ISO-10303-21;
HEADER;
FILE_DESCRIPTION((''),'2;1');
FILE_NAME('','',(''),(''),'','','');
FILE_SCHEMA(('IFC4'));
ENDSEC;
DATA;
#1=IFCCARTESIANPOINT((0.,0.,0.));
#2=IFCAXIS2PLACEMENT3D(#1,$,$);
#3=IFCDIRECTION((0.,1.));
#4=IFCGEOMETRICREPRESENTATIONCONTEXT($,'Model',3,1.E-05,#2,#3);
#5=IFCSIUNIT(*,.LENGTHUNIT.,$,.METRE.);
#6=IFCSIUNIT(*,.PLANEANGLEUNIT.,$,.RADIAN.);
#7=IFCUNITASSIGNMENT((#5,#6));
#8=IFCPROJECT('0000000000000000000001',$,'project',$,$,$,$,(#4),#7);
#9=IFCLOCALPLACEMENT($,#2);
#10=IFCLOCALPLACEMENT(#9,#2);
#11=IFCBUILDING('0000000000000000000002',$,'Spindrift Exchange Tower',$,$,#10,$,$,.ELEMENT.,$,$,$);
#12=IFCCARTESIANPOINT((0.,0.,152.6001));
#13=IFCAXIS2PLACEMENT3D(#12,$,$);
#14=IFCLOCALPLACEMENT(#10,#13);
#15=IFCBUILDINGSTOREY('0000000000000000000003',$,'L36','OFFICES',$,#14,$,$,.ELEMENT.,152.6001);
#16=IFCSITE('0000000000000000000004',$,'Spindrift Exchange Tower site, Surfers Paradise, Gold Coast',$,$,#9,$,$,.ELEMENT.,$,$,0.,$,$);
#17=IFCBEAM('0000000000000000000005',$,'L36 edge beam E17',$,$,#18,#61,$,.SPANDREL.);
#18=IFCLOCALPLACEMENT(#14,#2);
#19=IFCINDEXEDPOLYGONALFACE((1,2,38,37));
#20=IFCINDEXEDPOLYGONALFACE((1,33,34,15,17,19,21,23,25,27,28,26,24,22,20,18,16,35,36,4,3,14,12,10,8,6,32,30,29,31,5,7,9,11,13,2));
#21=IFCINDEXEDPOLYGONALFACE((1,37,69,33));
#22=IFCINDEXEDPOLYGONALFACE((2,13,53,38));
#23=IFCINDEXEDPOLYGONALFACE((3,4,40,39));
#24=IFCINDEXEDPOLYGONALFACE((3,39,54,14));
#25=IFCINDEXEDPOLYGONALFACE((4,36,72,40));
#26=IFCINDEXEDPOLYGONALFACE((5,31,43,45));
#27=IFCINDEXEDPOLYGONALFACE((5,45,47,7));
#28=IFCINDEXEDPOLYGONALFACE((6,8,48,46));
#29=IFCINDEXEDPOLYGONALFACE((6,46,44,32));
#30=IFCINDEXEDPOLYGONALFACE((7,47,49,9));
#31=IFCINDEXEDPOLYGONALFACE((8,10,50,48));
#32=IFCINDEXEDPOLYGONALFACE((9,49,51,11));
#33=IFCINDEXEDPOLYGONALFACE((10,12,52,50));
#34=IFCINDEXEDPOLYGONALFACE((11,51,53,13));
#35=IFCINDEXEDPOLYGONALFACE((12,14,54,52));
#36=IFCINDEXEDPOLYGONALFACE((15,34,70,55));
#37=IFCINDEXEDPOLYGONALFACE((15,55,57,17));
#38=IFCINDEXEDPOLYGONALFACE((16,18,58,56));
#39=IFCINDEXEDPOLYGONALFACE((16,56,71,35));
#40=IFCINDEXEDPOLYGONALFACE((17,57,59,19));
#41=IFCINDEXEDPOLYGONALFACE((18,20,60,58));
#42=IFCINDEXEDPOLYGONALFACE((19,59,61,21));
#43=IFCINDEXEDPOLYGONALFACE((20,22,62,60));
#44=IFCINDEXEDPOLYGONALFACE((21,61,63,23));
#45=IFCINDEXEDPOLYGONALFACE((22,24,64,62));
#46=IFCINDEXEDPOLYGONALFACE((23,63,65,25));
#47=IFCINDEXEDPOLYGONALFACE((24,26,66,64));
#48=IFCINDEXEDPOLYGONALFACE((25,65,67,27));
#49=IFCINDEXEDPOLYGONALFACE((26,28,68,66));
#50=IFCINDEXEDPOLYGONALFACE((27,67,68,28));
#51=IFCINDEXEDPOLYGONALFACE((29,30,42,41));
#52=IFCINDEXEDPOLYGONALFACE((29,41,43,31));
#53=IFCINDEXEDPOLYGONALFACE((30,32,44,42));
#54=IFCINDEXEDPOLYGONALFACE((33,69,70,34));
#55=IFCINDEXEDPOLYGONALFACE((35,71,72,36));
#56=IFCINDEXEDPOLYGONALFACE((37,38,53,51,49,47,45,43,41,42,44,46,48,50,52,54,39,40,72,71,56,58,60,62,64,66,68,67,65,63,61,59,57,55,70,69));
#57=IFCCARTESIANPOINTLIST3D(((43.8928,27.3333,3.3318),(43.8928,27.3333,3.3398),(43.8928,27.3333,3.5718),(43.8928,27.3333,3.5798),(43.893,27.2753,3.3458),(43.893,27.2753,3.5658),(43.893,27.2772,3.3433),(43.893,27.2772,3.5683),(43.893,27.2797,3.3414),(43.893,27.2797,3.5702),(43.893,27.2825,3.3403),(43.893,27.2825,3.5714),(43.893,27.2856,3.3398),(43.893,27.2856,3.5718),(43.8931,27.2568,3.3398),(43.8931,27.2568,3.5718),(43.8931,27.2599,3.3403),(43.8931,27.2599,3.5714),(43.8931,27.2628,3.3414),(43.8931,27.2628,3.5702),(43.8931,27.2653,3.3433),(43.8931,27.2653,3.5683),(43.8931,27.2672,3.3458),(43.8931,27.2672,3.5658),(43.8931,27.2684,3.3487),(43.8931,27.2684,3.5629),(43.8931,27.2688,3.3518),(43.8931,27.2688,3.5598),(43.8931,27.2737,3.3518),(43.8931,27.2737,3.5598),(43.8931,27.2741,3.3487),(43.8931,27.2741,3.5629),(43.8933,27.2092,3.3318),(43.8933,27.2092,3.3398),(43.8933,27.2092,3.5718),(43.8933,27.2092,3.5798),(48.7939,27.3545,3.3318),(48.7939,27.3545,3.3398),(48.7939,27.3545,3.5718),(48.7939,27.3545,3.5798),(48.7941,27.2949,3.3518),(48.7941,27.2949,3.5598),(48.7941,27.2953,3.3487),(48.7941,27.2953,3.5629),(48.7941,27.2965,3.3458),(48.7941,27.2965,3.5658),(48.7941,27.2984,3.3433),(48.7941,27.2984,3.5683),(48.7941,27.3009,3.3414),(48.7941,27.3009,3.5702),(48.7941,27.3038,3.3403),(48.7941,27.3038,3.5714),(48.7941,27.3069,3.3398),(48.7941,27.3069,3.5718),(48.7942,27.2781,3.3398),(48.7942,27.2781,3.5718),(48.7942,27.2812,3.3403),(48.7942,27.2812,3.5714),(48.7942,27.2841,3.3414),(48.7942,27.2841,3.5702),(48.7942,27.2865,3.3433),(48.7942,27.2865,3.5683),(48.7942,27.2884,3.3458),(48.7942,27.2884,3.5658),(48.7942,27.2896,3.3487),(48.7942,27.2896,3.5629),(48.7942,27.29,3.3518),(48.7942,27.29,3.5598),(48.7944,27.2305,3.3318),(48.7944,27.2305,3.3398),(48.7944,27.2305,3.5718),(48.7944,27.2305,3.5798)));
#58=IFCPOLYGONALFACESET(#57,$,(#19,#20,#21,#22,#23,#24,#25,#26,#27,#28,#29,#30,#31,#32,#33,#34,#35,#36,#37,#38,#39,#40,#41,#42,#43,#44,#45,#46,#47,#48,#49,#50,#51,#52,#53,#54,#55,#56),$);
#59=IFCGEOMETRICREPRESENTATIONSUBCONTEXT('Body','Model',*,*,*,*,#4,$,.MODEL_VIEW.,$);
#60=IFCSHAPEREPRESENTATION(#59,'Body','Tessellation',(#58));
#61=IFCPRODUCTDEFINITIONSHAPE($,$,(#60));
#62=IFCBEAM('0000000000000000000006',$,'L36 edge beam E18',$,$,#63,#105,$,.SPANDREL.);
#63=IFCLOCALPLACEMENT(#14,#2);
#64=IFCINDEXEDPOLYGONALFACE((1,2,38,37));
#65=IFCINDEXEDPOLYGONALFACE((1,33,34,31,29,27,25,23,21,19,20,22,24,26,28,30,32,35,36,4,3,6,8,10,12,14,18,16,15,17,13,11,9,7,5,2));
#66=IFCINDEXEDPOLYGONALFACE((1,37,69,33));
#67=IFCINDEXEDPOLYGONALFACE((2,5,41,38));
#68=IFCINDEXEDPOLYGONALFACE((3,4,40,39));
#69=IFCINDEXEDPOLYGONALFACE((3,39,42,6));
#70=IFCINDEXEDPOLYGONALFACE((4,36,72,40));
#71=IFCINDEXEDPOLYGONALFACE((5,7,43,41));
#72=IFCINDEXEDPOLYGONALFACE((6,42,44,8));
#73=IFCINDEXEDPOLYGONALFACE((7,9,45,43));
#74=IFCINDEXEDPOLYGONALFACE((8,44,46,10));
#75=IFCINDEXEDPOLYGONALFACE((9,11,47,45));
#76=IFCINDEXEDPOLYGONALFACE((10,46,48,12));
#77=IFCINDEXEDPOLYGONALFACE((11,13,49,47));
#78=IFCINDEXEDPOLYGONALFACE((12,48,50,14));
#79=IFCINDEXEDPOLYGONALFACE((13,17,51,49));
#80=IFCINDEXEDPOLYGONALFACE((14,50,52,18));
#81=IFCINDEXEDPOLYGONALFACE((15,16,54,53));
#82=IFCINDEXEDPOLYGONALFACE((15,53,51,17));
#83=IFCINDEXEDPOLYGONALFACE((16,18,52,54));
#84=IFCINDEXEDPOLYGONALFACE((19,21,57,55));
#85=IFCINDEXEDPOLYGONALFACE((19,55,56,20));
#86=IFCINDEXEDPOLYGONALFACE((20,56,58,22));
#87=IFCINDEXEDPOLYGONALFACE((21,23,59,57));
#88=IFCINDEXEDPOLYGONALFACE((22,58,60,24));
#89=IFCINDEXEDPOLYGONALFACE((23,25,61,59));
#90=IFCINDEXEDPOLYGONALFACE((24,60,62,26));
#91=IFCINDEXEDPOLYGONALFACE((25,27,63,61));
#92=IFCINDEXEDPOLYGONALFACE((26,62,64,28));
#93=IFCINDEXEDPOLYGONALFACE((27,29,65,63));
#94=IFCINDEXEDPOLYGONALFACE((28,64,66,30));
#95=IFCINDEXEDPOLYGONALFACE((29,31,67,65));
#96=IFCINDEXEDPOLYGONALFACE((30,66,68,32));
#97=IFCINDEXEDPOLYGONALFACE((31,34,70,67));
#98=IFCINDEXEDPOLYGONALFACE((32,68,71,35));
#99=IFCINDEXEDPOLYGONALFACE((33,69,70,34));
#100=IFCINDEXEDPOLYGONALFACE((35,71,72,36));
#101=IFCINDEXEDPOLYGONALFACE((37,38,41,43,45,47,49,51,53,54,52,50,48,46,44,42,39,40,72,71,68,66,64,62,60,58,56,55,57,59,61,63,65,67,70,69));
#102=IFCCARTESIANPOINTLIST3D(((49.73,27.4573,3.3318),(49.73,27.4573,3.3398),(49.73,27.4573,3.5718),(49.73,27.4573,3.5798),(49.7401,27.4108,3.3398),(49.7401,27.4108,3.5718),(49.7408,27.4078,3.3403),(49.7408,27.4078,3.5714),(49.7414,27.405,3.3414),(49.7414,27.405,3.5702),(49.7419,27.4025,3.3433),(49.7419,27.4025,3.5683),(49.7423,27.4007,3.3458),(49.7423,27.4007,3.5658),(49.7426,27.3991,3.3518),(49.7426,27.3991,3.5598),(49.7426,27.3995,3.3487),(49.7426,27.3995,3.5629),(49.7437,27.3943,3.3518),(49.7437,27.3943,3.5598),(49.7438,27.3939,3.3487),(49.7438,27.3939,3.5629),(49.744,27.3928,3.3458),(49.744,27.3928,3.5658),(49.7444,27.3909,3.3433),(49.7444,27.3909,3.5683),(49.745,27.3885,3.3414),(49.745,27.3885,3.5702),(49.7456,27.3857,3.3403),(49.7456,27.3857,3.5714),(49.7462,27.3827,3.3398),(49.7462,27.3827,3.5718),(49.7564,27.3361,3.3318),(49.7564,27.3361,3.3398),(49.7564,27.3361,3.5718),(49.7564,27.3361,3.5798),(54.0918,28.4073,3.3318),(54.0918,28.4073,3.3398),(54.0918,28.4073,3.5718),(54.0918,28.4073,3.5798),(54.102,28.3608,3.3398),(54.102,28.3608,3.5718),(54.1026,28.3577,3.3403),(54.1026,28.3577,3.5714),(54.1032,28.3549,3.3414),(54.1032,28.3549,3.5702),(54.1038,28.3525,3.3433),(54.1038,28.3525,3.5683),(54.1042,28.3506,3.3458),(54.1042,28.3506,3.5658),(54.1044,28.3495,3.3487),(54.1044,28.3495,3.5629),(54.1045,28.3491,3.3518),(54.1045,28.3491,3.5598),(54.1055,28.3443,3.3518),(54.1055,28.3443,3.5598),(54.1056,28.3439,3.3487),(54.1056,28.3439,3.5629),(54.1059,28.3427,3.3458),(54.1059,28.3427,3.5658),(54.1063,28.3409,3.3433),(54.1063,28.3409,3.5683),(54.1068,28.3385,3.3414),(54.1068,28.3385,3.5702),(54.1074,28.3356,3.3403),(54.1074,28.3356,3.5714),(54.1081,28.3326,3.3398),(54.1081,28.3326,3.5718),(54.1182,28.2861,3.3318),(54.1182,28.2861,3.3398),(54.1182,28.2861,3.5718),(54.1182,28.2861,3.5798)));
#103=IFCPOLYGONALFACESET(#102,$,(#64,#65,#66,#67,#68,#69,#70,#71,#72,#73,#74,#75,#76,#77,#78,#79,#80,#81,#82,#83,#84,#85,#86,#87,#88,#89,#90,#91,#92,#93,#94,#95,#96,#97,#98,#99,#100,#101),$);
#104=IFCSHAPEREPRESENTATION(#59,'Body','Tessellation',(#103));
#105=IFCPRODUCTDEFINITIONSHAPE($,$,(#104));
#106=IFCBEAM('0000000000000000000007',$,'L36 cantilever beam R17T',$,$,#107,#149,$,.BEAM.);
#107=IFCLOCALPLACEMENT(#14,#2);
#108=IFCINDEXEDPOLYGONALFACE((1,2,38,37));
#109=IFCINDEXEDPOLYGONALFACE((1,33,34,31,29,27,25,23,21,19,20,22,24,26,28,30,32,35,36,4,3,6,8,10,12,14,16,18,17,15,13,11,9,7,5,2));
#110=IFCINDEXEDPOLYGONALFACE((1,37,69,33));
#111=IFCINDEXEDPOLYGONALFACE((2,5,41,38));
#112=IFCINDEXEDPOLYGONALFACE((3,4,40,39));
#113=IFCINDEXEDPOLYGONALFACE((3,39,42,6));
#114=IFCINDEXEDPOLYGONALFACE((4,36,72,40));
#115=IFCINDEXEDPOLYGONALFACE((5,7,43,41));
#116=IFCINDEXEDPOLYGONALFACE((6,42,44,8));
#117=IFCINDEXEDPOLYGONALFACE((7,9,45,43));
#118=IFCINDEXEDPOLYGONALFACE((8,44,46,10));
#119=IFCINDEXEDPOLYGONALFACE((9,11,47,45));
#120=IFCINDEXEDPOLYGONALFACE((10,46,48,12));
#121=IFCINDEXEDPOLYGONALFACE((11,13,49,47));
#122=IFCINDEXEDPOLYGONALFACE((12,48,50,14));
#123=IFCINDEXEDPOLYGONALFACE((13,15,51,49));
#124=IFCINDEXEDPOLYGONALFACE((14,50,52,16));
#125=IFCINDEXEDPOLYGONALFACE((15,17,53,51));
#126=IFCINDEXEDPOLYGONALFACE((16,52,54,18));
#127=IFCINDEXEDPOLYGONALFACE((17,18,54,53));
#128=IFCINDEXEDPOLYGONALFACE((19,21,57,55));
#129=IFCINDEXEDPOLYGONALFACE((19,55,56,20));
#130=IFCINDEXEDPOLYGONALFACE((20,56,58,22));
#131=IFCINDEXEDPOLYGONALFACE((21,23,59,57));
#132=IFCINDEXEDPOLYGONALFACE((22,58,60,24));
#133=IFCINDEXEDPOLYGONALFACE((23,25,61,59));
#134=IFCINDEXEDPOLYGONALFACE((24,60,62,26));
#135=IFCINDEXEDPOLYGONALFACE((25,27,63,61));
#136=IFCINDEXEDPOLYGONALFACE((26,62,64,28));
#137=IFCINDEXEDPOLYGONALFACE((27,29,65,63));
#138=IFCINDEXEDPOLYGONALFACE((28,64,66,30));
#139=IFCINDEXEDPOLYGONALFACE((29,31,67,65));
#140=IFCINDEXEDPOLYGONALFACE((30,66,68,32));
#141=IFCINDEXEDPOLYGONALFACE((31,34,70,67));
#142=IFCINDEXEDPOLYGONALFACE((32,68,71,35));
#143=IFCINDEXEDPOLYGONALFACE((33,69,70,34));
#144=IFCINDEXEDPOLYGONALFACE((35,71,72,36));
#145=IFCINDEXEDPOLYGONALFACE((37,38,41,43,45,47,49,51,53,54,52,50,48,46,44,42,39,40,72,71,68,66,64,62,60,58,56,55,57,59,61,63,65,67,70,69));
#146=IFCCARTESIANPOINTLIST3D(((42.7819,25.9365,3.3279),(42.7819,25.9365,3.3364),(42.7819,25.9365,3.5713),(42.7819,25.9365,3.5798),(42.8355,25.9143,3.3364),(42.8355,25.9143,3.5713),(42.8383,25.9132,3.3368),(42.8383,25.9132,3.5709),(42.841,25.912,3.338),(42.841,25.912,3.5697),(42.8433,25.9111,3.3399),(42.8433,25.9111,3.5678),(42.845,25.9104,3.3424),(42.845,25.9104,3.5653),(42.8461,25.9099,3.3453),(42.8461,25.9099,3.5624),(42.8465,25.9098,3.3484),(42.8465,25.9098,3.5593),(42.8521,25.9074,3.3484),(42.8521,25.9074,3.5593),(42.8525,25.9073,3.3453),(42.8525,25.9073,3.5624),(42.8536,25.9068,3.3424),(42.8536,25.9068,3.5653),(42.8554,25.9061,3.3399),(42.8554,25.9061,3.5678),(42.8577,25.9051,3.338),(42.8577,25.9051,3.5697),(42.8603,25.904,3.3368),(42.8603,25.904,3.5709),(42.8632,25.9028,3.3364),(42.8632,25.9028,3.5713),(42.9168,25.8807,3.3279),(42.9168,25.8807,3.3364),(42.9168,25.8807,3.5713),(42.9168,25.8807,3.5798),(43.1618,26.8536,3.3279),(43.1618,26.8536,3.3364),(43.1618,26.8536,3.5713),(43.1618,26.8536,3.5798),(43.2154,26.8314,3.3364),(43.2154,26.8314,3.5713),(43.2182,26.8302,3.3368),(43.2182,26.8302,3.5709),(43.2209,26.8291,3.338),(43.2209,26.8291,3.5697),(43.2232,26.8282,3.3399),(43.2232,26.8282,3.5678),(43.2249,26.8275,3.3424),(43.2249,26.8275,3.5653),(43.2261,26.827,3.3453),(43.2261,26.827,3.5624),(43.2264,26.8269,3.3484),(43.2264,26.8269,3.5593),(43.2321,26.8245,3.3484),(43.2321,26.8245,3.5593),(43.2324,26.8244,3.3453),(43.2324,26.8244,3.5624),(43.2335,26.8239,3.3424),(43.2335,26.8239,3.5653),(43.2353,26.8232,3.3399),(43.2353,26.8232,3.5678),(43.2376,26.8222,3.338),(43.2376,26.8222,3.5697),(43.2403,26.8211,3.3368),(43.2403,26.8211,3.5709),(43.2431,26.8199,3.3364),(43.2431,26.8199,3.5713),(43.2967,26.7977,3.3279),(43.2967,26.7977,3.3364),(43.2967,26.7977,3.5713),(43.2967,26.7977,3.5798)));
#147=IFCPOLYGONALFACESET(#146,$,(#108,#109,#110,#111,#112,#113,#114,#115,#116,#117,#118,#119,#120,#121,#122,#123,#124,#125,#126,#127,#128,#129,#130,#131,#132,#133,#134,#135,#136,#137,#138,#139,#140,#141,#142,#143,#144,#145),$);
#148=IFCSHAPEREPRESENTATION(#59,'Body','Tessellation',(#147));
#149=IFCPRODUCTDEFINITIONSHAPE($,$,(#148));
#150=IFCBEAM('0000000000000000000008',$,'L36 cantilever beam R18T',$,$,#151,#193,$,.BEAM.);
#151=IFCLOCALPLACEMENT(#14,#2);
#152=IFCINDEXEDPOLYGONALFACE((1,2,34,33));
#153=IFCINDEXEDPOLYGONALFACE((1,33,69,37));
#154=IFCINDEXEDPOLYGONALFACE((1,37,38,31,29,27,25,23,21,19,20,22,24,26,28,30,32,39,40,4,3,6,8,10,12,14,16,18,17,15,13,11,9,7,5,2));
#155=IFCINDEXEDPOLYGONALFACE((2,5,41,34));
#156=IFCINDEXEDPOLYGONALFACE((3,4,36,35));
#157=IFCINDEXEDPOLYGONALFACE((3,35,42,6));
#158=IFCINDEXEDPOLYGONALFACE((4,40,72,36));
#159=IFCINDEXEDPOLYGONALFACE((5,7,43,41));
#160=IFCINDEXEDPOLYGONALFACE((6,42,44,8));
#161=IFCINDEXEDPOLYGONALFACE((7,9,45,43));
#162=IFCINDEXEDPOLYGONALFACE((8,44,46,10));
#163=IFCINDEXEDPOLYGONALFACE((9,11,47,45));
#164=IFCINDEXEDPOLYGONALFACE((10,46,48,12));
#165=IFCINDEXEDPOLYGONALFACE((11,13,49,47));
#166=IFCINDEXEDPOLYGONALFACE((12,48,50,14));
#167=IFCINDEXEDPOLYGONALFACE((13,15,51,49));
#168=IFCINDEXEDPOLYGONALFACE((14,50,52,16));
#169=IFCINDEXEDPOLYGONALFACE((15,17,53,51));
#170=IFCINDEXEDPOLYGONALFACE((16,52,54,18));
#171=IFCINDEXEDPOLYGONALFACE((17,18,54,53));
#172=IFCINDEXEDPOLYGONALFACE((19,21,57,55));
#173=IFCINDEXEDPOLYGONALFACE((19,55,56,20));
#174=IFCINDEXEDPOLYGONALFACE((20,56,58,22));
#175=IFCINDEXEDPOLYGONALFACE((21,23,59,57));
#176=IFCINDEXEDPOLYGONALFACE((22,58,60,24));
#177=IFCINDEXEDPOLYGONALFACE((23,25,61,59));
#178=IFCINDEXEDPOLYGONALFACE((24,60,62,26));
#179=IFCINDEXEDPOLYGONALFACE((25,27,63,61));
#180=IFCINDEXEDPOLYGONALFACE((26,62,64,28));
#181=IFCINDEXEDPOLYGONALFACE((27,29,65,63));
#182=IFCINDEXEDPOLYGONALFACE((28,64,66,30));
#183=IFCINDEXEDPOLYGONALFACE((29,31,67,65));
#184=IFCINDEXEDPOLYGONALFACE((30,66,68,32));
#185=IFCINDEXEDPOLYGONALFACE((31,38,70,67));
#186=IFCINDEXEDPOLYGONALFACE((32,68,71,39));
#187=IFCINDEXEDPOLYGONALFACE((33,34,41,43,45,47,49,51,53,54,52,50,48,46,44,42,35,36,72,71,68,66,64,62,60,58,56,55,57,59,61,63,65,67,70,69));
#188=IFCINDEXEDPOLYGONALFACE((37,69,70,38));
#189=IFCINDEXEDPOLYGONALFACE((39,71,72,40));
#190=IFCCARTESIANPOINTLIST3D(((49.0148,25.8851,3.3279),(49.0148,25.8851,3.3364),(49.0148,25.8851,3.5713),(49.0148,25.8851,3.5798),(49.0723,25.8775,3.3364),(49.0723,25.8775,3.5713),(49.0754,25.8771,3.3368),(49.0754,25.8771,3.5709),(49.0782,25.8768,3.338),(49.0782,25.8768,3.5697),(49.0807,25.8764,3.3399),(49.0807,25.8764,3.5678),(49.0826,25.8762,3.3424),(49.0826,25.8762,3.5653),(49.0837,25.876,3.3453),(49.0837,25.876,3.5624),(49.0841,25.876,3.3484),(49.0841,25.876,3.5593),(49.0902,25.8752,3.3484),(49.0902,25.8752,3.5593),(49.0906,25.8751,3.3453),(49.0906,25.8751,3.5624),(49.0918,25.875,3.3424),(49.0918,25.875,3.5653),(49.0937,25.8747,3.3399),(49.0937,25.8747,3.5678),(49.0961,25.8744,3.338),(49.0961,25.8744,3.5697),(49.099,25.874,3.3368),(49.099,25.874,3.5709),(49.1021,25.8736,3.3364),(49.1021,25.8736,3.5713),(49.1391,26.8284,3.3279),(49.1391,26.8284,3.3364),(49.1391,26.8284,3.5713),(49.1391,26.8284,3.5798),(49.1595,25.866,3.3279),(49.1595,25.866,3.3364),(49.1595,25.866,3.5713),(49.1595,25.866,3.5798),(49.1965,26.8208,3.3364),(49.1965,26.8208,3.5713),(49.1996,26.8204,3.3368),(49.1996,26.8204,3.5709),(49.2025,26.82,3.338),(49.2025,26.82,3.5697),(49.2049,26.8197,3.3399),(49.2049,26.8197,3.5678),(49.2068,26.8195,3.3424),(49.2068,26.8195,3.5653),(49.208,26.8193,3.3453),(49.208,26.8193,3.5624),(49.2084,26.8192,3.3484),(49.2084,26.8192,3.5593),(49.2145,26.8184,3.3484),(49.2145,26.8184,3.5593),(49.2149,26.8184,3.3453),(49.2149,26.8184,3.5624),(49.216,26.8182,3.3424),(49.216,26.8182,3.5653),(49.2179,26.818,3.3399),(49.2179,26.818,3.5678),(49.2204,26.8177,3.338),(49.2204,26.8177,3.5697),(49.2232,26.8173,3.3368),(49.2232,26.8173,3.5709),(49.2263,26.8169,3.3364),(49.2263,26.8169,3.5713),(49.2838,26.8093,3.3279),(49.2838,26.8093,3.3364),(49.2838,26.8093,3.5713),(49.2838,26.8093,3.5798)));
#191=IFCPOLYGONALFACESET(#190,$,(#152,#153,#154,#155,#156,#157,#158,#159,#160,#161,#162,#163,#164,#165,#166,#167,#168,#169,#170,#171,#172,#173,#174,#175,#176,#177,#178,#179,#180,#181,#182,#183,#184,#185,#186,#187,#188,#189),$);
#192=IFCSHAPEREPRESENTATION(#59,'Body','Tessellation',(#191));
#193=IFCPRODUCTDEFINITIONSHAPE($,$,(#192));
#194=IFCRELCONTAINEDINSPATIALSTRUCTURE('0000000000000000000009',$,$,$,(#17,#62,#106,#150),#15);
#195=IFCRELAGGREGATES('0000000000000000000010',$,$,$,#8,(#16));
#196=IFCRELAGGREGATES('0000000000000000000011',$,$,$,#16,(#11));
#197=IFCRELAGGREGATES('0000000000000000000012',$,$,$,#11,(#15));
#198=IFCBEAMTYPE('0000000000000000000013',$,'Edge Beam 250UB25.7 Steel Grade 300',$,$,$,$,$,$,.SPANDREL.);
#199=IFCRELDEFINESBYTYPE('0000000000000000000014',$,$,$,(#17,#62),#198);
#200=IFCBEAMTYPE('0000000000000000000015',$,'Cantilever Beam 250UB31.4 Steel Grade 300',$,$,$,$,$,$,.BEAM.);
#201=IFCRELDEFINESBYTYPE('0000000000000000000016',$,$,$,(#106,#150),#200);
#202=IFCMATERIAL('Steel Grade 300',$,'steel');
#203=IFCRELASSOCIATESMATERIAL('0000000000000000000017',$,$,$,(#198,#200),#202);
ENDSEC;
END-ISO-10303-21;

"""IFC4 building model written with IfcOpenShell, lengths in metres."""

from ifc_helpers import new_model, si_unit, direction, frame, origin, origin_2d, place, context, subcontext, project, spatial, i_section, extrude, source, transform, mapped, material, material_profile, profile_set, type_object, element, save


model = new_model("IFC4")

# Units and contexts
model_context = context("Model", 3, precision=1e-05, world=origin(), true_north=direction((0.0, 1.0)))
body_context = subcontext(model_context, "Body", "Model", "MODEL_VIEW")
ifc_project = project(units=[si_unit("LENGTHUNIT", "METRE"), si_unit("PLANEANGLEUNIT", "RADIAN")], contexts=[model_context])

# Site, building, storey
site_placement = place(None, origin())
site = spatial("IfcSite", under=ifc_project, at=site_placement, Name="Spindrift Exchange Tower site, Surfers Paradise, Gold Coast", CompositionType="ELEMENT", RefElevation=0.0)
building_placement = place(site_placement, origin())
building = spatial("IfcBuilding", under=site, at=building_placement, Name="Spindrift Exchange Tower", CompositionType="ELEMENT")
storey_placement = place(building_placement, frame((0.0, 0.0, 152.6001)))
storey = spatial("IfcBuildingStorey", under=building, at=storey_placement, Name="L36", Description="OFFICES", CompositionType="ELEMENT", Elevation=152.6001)

# Beams
ifc_material_1 = material(Name="Steel Grade 300", Category="steel")
ifc_material_profile_1 = material_profile(ifc_material_1, i_section(OverallWidth=0.124, OverallDepth=0.248, WebThickness=0.0049, FlangeThickness=0.0081, FilletRadius=0.012, at=origin_2d()), Name="250UB25.7")
ifc_profile_set_1 = profile_set([ifc_material_profile_1], Name="Steel Grade 300")
beam_type_1 = type_object("IfcBeamType", Name="Edge Beam 250UB25.7 Steel Grade 300", PredefinedType="SPANDREL", material=ifc_profile_set_1)
shared_shape_1 = source(origin(), body_context, "Body", "SweptSolid", [
    extrude(i_section(OverallWidth=0.124, OverallDepth=0.248, WebThickness=0.0049, FlangeThickness=0.0081, FilletRadius=0.012, at=origin_2d()), origin(), (0.0, 0.0, 1.0), 4.9011),
])
beam_1_placement = place(storey_placement, frame((43.8931, 27.2712, 3.4558), z_axis=(0.999991, 0.004334, 0.0), x_axis=(-0.004334, 0.999991, 0.0)))
element("IfcBeam", 1, at=beam_1_placement, inside=storey, type_object=beam_type_1, Name="L36 edge beam E17", PredefinedType="SPANDREL", context=body_context, shape_type="MappedRepresentation", body=[
    mapped(shared_shape_1, transform((0.0, 0.0, 0.0), scale=1.0)),
])
shared_shape_2 = source(origin(), body_context, "Body", "SweptSolid", [
    extrude(i_section(OverallWidth=0.124, OverallDepth=0.248, WebThickness=0.0049, FlangeThickness=0.0081, FilletRadius=0.012, at=origin_2d()), origin(), (0.0, 0.0, 1.0), 4.4641),
])
beam_2_placement = place(storey_placement, frame((49.7432, 27.3967, 3.4558), z_axis=(0.977096, 0.2128, 0.0), x_axis=(-0.2128, 0.977096, 0.0)))
element("IfcBeam", 2, at=beam_2_placement, inside=storey, type_object=beam_type_1, Name="L36 edge beam E18", PredefinedType="SPANDREL", context=body_context, shape_type="MappedRepresentation", body=[
    mapped(shared_shape_2, transform((0.0, 0.0, 0.0), scale=1.0)),
])
ifc_material_profile_2 = material_profile(ifc_material_1, i_section(OverallWidth=0.146, OverallDepth=0.252, WebThickness=0.0061, FlangeThickness=0.0085, FilletRadius=0.012, at=origin_2d()), Name="250UB31.4")
ifc_profile_set_2 = profile_set([ifc_material_profile_2], Name="Steel Grade 300")
beam_type_2 = type_object("IfcBeamType", Name="Cantilever Beam 250UB31.4 Steel Grade 300", PredefinedType="BEAM", material=ifc_profile_set_2)
shared_shape_3 = source(origin(), body_context, "Body", "SweptSolid", [
    extrude(i_section(OverallWidth=0.146, OverallDepth=0.252, WebThickness=0.0061, FlangeThickness=0.0085, FilletRadius=0.012, at=origin_2d()), origin(), (0.0, 0.0, 1.0), 0.9927),
])
beam_3_placement = place(storey_placement, frame((43.2292, 26.8257, 3.4539), z_axis=(-0.382728, -0.923861, 0.0), x_axis=(0.923861, -0.382728, 0.0)))
element("IfcBeam", 3, at=beam_3_placement, inside=storey, type_object=beam_type_2, Name="L36 cantilever beam R17T", PredefinedType="BEAM", context=body_context, shape_type="MappedRepresentation", body=[
    mapped(shared_shape_3, transform((0.0, 0.0, 0.0), scale=1.0)),
])
shared_shape_4 = source(origin(), body_context, "Body", "SweptSolid", [
    extrude(i_section(OverallWidth=0.146, OverallDepth=0.252, WebThickness=0.0061, FlangeThickness=0.0085, FilletRadius=0.012, at=origin_2d()), origin(), (0.0, 0.0, 1.0), 0.9514),
])
beam_4_placement = place(storey_placement, frame((49.2114, 26.8188, 3.4539), z_axis=(-0.130601, -0.991435, 0.0), x_axis=(0.991435, -0.130601, 0.0)))
element("IfcBeam", 4, at=beam_4_placement, inside=storey, type_object=beam_type_2, Name="L36 cantilever beam R18T", PredefinedType="BEAM", context=body_context, shape_type="MappedRepresentation", body=[
    mapped(shared_shape_4, transform((0.0, 0.0, 0.0), scale=1.0)),
])

save(model, "model.ifc")
